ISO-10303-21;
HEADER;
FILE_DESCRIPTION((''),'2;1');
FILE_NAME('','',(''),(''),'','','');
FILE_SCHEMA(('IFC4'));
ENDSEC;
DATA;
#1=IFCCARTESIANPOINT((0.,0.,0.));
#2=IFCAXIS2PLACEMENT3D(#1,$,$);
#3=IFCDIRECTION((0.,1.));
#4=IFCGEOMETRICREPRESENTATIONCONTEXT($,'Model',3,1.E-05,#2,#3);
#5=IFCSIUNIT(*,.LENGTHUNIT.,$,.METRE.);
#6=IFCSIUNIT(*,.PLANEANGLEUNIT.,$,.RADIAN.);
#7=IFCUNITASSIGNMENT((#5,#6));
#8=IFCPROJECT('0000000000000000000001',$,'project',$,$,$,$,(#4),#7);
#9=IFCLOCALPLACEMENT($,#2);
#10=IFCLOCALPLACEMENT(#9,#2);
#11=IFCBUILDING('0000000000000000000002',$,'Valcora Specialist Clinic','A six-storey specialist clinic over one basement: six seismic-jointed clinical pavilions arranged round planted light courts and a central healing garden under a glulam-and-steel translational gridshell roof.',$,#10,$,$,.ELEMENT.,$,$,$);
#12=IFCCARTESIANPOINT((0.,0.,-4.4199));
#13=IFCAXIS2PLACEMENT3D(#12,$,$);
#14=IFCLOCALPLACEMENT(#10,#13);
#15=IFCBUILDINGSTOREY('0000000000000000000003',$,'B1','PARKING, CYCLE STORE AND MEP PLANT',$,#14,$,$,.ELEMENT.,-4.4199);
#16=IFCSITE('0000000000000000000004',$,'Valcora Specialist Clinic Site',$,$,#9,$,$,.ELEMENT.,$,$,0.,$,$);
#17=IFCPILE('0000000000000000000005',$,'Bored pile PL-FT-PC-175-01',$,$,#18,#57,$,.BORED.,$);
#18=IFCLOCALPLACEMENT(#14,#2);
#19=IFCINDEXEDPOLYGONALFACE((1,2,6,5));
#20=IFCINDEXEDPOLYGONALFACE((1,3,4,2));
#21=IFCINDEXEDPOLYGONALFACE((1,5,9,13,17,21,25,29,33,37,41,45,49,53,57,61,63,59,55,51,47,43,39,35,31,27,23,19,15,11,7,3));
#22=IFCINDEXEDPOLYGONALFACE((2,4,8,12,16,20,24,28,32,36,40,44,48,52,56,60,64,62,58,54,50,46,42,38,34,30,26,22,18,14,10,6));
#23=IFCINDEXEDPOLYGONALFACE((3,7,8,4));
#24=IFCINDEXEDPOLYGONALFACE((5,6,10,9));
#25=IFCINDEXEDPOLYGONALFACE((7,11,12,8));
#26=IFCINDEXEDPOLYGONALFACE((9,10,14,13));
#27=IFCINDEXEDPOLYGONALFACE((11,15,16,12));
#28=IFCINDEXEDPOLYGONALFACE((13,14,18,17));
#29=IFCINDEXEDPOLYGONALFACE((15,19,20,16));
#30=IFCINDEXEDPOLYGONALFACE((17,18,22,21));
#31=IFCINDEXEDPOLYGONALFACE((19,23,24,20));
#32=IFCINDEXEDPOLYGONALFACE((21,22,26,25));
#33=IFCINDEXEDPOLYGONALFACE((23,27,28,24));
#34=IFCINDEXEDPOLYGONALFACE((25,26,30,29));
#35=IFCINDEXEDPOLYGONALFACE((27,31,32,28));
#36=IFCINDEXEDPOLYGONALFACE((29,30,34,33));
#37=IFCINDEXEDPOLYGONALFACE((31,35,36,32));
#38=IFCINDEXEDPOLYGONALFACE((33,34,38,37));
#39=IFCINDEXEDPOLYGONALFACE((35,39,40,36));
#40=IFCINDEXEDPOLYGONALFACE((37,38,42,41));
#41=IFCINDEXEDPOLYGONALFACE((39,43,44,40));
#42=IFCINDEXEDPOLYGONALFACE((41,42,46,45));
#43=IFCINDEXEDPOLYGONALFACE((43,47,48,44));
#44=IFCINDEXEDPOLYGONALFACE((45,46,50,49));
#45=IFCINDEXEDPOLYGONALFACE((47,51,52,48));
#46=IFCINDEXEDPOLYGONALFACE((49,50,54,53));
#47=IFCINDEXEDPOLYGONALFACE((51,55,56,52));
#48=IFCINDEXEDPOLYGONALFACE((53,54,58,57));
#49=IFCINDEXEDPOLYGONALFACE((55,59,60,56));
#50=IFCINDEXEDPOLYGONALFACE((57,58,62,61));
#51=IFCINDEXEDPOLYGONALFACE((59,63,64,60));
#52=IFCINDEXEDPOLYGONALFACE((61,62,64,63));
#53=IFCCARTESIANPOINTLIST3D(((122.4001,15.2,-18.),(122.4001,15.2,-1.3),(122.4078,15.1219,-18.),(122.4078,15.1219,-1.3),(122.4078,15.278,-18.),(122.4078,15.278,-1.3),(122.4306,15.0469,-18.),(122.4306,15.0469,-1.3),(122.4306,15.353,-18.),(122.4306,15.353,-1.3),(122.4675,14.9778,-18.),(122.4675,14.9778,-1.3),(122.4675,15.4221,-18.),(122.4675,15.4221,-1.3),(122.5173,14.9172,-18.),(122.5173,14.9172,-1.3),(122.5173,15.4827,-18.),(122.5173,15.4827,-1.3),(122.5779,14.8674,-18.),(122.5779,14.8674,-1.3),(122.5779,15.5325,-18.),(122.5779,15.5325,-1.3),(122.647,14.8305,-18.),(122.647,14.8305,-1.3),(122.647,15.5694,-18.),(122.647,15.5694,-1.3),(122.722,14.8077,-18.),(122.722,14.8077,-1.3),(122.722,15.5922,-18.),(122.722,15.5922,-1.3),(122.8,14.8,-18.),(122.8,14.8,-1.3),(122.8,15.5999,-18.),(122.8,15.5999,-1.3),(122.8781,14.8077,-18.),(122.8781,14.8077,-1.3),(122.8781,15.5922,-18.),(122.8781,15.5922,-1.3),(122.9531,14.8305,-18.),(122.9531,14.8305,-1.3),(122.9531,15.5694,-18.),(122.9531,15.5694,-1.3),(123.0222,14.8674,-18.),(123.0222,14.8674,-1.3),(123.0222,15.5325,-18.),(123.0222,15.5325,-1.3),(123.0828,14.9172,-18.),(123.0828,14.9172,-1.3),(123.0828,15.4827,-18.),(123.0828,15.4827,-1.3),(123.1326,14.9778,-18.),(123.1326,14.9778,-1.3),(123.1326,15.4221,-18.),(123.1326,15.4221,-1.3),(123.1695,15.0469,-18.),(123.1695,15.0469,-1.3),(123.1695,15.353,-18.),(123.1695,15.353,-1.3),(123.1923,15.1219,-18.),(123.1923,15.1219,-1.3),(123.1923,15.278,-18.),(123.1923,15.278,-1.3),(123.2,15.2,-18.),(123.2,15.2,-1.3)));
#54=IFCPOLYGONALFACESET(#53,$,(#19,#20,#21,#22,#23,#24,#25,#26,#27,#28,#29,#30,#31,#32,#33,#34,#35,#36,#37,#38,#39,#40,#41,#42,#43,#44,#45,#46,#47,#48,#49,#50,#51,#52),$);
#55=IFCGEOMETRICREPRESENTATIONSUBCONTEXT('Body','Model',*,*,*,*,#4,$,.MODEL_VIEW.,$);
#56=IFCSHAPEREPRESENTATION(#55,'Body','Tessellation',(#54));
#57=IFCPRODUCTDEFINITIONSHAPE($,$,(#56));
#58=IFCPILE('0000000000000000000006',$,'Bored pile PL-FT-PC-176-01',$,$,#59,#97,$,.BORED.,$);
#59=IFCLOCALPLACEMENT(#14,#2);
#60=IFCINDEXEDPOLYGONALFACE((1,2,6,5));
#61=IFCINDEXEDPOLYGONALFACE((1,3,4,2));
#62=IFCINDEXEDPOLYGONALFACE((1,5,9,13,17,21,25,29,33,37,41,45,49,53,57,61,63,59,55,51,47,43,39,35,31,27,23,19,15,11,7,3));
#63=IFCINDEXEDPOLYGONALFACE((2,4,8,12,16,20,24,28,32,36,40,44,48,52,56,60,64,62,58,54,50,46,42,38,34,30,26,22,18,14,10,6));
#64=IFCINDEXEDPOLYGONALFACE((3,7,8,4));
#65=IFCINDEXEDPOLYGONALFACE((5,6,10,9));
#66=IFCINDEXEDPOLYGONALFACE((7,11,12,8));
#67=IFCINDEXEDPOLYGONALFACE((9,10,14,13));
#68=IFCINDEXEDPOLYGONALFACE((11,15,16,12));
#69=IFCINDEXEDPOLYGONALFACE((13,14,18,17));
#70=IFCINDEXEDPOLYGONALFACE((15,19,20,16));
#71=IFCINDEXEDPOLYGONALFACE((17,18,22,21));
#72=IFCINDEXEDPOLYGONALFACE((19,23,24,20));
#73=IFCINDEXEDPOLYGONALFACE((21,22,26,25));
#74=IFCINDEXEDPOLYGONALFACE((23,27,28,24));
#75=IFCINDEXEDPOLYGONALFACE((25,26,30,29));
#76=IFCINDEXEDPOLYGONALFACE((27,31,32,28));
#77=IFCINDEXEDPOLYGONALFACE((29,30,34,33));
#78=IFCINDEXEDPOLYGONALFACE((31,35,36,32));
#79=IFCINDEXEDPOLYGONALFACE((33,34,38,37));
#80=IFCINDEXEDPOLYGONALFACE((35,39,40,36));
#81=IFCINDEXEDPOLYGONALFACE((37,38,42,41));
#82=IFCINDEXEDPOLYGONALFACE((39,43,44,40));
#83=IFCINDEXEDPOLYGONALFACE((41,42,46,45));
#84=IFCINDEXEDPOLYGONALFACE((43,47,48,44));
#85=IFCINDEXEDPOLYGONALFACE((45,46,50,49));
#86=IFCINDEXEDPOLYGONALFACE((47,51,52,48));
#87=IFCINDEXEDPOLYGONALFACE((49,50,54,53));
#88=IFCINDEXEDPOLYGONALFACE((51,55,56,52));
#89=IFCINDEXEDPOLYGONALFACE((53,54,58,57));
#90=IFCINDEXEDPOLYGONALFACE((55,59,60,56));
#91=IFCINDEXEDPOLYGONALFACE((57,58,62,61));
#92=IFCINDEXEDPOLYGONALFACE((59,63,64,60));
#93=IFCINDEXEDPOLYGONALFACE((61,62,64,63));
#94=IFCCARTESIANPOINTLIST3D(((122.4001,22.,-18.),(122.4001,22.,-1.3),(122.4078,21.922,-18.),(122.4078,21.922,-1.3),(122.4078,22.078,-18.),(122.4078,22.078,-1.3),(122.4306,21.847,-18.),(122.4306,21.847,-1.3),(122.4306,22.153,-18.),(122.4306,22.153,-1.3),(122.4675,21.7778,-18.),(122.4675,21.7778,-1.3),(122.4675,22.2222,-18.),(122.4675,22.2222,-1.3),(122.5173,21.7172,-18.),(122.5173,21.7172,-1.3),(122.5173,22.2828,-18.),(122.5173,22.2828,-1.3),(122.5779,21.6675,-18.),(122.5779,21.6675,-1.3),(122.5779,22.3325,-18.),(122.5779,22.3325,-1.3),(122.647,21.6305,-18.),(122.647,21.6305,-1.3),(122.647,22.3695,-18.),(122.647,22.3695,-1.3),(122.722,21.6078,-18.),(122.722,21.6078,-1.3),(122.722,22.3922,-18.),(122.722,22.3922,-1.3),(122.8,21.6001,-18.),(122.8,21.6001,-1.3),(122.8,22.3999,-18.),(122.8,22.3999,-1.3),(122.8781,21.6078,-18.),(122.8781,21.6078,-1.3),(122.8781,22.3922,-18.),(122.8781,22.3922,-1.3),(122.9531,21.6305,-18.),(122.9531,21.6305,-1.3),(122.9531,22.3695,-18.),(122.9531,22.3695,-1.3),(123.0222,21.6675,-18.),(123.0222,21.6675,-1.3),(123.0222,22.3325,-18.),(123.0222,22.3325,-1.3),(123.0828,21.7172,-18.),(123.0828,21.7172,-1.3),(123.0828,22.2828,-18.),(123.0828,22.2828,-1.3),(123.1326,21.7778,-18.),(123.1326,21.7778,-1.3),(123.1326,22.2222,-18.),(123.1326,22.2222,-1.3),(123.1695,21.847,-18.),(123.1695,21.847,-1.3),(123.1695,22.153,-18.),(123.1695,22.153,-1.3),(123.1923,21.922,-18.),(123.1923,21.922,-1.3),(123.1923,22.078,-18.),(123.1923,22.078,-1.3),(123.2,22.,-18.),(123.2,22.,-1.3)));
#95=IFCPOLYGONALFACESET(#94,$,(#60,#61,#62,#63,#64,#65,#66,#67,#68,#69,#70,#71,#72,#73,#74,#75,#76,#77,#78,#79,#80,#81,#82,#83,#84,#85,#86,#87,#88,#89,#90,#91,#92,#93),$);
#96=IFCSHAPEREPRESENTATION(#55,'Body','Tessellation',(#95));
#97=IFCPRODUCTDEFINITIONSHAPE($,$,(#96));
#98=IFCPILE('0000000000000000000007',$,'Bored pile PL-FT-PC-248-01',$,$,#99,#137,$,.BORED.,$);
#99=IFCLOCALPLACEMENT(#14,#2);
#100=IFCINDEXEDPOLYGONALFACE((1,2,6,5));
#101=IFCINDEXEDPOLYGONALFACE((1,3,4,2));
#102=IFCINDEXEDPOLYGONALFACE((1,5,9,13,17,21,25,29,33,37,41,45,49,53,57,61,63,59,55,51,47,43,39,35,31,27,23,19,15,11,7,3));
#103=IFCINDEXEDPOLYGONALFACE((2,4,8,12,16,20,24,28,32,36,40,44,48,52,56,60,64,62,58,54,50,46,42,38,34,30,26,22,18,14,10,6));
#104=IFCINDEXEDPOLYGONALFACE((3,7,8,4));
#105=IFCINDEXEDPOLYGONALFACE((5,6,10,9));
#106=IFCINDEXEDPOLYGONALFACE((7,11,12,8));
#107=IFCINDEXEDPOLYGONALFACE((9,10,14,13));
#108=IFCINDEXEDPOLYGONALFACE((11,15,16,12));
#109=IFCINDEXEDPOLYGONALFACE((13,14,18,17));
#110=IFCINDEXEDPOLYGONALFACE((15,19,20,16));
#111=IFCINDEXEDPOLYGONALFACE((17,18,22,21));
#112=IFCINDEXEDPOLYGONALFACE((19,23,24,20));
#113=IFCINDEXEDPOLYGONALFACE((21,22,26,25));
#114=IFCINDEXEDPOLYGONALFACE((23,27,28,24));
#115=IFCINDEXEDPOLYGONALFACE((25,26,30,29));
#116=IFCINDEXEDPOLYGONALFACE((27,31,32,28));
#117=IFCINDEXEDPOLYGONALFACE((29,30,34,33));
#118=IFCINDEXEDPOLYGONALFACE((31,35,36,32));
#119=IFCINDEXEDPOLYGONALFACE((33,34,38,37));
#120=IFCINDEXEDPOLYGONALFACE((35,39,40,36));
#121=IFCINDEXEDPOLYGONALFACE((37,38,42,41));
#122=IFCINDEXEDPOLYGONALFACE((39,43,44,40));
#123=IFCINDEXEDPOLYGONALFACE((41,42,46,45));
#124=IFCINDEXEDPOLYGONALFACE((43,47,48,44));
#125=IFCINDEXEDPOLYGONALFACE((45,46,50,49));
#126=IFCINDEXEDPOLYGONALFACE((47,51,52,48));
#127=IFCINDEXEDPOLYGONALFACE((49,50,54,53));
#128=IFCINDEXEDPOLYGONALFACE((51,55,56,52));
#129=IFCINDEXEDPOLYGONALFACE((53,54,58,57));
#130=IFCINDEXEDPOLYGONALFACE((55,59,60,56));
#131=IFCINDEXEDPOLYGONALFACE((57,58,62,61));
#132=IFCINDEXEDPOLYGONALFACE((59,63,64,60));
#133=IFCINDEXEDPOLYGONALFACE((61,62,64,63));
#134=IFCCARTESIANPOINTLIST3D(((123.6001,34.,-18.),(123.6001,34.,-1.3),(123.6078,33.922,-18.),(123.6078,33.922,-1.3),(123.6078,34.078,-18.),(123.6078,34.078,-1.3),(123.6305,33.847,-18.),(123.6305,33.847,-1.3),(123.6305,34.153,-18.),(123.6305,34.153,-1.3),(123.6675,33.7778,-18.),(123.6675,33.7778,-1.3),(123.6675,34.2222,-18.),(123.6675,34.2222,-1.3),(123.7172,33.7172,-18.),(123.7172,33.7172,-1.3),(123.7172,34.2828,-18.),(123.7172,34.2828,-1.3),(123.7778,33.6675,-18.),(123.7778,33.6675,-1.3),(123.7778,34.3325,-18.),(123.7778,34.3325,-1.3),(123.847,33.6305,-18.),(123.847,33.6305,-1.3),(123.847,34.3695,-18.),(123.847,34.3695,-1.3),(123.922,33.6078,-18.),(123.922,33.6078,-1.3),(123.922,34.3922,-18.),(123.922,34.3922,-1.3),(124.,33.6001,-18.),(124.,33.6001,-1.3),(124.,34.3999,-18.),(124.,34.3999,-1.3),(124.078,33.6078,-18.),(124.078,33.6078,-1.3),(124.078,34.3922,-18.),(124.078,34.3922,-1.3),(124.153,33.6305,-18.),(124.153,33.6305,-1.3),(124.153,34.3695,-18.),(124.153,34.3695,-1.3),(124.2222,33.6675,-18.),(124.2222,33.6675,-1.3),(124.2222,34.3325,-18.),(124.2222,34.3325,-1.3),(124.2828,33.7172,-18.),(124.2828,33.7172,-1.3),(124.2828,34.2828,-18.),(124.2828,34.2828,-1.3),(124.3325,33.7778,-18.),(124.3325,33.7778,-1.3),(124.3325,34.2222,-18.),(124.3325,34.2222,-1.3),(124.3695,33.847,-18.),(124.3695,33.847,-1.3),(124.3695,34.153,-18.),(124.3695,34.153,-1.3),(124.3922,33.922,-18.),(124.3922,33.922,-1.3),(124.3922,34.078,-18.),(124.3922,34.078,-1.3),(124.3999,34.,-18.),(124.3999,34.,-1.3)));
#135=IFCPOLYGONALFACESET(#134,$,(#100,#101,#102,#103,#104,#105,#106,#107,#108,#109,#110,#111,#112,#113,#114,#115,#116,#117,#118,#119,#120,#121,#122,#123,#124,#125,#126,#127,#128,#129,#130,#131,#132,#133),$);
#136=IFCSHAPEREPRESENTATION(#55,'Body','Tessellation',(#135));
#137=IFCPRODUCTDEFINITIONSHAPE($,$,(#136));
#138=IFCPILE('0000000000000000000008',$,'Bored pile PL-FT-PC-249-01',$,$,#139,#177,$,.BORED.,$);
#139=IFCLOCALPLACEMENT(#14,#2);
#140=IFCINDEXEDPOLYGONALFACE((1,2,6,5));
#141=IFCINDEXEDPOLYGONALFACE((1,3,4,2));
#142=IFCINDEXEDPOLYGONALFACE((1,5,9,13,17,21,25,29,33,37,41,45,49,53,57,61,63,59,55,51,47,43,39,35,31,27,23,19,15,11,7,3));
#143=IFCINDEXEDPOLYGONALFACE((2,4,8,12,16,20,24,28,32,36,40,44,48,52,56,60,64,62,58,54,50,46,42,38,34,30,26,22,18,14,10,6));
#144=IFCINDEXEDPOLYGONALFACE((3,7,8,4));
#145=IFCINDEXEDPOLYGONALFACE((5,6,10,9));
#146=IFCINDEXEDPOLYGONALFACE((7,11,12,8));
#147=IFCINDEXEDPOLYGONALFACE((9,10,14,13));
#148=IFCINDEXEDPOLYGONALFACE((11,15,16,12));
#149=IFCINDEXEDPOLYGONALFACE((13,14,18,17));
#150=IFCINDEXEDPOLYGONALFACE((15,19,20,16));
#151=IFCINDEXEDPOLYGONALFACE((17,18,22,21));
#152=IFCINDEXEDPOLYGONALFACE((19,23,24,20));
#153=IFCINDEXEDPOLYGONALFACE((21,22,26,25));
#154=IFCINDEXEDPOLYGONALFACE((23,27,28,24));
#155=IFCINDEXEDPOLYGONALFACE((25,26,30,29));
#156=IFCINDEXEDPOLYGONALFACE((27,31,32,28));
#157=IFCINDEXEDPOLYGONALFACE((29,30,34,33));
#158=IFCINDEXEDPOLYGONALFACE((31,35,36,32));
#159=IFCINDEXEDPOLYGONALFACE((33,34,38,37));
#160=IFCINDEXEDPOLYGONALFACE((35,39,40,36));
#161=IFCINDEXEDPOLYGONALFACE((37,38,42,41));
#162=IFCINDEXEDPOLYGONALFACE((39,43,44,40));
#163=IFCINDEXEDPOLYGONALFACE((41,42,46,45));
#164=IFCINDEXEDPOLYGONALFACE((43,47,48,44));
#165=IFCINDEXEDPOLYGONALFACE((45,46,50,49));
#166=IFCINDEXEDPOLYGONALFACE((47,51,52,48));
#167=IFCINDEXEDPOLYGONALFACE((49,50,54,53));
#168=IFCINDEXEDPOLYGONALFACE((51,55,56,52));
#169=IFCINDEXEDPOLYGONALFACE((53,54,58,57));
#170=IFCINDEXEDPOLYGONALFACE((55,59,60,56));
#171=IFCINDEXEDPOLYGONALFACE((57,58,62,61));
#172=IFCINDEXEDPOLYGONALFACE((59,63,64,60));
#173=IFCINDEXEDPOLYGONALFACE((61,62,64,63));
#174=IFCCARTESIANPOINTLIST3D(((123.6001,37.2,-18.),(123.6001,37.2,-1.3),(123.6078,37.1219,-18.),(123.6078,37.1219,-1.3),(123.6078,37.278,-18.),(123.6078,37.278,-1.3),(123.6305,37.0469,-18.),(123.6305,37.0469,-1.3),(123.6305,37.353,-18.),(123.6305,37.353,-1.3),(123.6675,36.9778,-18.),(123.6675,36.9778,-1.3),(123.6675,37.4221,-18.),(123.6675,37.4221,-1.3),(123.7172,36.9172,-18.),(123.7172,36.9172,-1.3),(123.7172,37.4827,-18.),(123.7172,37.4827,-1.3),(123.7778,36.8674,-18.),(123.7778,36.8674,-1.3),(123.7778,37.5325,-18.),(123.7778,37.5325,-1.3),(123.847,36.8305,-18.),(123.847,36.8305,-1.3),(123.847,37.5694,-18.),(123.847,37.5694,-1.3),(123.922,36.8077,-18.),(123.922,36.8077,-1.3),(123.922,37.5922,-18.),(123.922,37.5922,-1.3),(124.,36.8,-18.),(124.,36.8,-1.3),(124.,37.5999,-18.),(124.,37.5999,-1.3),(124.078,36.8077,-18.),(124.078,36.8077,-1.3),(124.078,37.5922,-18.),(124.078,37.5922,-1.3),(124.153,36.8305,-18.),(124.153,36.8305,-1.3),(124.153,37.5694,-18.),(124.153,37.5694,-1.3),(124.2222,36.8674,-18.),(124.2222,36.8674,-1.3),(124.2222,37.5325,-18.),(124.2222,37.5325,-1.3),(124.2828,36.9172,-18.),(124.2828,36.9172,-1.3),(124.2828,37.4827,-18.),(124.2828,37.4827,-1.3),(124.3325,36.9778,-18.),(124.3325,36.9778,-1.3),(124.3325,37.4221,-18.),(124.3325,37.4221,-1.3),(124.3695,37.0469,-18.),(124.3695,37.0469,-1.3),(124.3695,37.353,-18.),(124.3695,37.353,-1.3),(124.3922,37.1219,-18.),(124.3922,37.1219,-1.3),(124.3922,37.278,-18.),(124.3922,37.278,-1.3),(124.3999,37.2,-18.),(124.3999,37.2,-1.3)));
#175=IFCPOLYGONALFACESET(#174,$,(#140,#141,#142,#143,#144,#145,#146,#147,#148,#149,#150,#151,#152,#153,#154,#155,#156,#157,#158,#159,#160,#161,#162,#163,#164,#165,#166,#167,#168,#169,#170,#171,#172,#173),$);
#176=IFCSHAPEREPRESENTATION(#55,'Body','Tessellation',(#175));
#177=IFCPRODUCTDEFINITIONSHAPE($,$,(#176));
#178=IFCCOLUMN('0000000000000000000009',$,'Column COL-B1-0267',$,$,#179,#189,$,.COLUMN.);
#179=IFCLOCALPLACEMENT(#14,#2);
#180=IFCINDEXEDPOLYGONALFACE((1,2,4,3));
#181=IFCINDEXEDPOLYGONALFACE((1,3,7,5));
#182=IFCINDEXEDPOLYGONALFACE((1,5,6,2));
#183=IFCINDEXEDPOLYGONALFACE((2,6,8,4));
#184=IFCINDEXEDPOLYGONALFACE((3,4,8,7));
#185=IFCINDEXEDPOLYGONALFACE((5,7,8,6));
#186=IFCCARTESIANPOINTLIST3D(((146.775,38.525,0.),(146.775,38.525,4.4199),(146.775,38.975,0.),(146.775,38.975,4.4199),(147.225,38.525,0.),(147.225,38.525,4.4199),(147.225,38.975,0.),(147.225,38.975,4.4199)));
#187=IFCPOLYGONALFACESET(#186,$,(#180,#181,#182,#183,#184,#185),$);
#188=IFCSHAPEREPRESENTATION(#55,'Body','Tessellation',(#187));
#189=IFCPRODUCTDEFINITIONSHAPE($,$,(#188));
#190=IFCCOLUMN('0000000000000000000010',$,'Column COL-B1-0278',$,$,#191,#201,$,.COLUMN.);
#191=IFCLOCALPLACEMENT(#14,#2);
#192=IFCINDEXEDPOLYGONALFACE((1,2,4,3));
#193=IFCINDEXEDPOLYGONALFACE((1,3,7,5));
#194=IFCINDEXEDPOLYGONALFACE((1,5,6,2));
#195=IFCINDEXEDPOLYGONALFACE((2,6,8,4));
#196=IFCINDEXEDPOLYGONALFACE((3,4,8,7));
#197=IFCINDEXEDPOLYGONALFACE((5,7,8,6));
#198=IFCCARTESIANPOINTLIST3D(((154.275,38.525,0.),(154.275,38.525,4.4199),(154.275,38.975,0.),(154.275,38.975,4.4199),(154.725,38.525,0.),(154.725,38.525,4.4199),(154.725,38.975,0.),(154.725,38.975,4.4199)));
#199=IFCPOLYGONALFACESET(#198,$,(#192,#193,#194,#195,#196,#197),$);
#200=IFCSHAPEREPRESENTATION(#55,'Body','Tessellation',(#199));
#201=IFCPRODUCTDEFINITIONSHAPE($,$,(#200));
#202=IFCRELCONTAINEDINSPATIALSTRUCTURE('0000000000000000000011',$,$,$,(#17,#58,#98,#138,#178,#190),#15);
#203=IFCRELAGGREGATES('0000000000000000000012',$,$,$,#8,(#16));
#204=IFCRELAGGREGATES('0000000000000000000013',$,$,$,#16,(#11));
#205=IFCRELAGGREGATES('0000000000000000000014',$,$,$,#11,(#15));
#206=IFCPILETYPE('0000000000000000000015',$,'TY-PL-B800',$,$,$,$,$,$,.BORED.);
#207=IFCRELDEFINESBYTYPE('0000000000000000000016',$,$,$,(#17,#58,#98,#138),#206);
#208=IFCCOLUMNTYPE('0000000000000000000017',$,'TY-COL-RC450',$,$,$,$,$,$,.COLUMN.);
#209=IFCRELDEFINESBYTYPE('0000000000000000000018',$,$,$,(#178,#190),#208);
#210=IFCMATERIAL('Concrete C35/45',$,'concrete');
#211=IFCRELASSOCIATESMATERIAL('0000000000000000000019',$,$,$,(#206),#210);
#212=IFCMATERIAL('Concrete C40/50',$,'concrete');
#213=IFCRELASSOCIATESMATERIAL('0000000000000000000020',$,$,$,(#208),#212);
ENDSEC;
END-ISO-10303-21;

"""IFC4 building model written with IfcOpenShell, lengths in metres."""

from ifc_helpers import new_model, si_unit, direction, frame, origin, origin_2d, place, context, subcontext, project, spatial, rectangle, circle, extrude, material, material_profile, profile_set, type_object, element, save


model = new_model("IFC4")

# Units and contexts
model_context = context("Model", 3, precision=1e-05, world=origin(), true_north=direction((0.0, 1.0)))
body_context = subcontext(model_context, "Body", "Model", "MODEL_VIEW")
ifc_project = project(units=[si_unit("LENGTHUNIT", "METRE"), si_unit("PLANEANGLEUNIT", "RADIAN")], contexts=[model_context])

# Site, building, storey
site_placement = place(None, origin())
site = spatial("IfcSite", under=ifc_project, at=site_placement, Name="Valcora Specialist Clinic Site", CompositionType="ELEMENT", RefElevation=0.0)
building_placement = place(site_placement, origin())
building = spatial("IfcBuilding", under=site, at=building_placement, Name="Valcora Specialist Clinic", Description="A six-storey specialist clinic over one basement: six seismic-jointed clinical pavilions arranged round planted light courts and a central healing garden under a glulam-and-steel translational gridshell roof.", CompositionType="ELEMENT")
storey_placement = place(building_placement, frame((0.0, 0.0, -4.4199)))
storey = spatial("IfcBuildingStorey", under=building, at=storey_placement, Name="B1", Description="PARKING, CYCLE STORE AND MEP PLANT", CompositionType="ELEMENT", Elevation=-4.4199)

# Shared definitions
ifc_material_1 = material(Name="Concrete C35/45", Category="concrete")

# Piles
ifc_material_profile_1 = material_profile(ifc_material_1, circle(Radius=0.3999, at=origin_2d()), Name="RC-PIL-D800")
ifc_profile_set_1 = profile_set([ifc_material_profile_1], Name="Concrete C35/45")
pile_type = type_object("IfcPileType", Name="TY-PL-B800", PredefinedType="BORED", material=ifc_profile_set_1)
for number, where, z_axis, x_axis, name in (
    (1, (122.8, 15.2, -1.3), (0.0, 0.0, -1.0), (1.0, 0.0, 0.0), "Bored pile PL-FT-PC-175-01"),
    (2, (122.8, 22.0, -1.3), (0.0, 0.0, -1.0), (1.0, 0.0, 0.0), "Bored pile PL-FT-PC-176-01"),
    (3, (124.0, 34.0, -1.3), (0.0, 0.0, -1.0), (1.0, 0.0, 0.0), "Bored pile PL-FT-PC-248-01"),
    (4, (124.0, 37.2, -1.3), (0.0, 0.0, -1.0), (1.0, 0.0, 0.0), "Bored pile PL-FT-PC-249-01"),
):
    element("IfcPile", number, at=place(storey_placement, frame(where, z_axis=z_axis, x_axis=x_axis)), inside=storey, type_object=pile_type, Name=name, PredefinedType="BORED", context=body_context, shape_type="SweptSolid", body=[
        extrude(circle(Radius=0.3999, at=origin_2d()), origin(), (0.0, 0.0, 1.0), 16.7),
    ])

# Columns
ifc_material_2 = material(Name="Concrete C40/50", Category="concrete")
ifc_material_profile_2 = material_profile(ifc_material_2, rectangle(XDim=0.45, YDim=0.45, at=origin_2d()), Name="RC-COL-450X450")
ifc_profile_set_2 = profile_set([ifc_material_profile_2], Name="Concrete C40/50")
column_type_1 = type_object("IfcColumnType", Name="TY-COL-RC450", PredefinedType="COLUMN", material=ifc_profile_set_2)
for number, where, z_axis, x_axis, name in (
    (5, (147.0, 38.75, 0.0), (0.0, 0.0, 1.0), (1.0, 0.0, 0.0), "Column COL-B1-0267"),
    (6, (154.5, 38.75, 0.0), (0.0, 0.0, 1.0), (1.0, 0.0, 0.0), "Column COL-B1-0278"),
):
    element("IfcColumn", number, at=place(storey_placement, frame(where, z_axis=z_axis, x_axis=x_axis)), inside=storey, type_object=column_type_1, Name=name, PredefinedType="COLUMN", context=body_context, shape_type="SweptSolid", body=[
        extrude(rectangle(XDim=0.45, YDim=0.45, at=origin_2d()), origin(), (0.0, 0.0, 1.0), 4.4199),
    ])

save(model, "model.ifc")
